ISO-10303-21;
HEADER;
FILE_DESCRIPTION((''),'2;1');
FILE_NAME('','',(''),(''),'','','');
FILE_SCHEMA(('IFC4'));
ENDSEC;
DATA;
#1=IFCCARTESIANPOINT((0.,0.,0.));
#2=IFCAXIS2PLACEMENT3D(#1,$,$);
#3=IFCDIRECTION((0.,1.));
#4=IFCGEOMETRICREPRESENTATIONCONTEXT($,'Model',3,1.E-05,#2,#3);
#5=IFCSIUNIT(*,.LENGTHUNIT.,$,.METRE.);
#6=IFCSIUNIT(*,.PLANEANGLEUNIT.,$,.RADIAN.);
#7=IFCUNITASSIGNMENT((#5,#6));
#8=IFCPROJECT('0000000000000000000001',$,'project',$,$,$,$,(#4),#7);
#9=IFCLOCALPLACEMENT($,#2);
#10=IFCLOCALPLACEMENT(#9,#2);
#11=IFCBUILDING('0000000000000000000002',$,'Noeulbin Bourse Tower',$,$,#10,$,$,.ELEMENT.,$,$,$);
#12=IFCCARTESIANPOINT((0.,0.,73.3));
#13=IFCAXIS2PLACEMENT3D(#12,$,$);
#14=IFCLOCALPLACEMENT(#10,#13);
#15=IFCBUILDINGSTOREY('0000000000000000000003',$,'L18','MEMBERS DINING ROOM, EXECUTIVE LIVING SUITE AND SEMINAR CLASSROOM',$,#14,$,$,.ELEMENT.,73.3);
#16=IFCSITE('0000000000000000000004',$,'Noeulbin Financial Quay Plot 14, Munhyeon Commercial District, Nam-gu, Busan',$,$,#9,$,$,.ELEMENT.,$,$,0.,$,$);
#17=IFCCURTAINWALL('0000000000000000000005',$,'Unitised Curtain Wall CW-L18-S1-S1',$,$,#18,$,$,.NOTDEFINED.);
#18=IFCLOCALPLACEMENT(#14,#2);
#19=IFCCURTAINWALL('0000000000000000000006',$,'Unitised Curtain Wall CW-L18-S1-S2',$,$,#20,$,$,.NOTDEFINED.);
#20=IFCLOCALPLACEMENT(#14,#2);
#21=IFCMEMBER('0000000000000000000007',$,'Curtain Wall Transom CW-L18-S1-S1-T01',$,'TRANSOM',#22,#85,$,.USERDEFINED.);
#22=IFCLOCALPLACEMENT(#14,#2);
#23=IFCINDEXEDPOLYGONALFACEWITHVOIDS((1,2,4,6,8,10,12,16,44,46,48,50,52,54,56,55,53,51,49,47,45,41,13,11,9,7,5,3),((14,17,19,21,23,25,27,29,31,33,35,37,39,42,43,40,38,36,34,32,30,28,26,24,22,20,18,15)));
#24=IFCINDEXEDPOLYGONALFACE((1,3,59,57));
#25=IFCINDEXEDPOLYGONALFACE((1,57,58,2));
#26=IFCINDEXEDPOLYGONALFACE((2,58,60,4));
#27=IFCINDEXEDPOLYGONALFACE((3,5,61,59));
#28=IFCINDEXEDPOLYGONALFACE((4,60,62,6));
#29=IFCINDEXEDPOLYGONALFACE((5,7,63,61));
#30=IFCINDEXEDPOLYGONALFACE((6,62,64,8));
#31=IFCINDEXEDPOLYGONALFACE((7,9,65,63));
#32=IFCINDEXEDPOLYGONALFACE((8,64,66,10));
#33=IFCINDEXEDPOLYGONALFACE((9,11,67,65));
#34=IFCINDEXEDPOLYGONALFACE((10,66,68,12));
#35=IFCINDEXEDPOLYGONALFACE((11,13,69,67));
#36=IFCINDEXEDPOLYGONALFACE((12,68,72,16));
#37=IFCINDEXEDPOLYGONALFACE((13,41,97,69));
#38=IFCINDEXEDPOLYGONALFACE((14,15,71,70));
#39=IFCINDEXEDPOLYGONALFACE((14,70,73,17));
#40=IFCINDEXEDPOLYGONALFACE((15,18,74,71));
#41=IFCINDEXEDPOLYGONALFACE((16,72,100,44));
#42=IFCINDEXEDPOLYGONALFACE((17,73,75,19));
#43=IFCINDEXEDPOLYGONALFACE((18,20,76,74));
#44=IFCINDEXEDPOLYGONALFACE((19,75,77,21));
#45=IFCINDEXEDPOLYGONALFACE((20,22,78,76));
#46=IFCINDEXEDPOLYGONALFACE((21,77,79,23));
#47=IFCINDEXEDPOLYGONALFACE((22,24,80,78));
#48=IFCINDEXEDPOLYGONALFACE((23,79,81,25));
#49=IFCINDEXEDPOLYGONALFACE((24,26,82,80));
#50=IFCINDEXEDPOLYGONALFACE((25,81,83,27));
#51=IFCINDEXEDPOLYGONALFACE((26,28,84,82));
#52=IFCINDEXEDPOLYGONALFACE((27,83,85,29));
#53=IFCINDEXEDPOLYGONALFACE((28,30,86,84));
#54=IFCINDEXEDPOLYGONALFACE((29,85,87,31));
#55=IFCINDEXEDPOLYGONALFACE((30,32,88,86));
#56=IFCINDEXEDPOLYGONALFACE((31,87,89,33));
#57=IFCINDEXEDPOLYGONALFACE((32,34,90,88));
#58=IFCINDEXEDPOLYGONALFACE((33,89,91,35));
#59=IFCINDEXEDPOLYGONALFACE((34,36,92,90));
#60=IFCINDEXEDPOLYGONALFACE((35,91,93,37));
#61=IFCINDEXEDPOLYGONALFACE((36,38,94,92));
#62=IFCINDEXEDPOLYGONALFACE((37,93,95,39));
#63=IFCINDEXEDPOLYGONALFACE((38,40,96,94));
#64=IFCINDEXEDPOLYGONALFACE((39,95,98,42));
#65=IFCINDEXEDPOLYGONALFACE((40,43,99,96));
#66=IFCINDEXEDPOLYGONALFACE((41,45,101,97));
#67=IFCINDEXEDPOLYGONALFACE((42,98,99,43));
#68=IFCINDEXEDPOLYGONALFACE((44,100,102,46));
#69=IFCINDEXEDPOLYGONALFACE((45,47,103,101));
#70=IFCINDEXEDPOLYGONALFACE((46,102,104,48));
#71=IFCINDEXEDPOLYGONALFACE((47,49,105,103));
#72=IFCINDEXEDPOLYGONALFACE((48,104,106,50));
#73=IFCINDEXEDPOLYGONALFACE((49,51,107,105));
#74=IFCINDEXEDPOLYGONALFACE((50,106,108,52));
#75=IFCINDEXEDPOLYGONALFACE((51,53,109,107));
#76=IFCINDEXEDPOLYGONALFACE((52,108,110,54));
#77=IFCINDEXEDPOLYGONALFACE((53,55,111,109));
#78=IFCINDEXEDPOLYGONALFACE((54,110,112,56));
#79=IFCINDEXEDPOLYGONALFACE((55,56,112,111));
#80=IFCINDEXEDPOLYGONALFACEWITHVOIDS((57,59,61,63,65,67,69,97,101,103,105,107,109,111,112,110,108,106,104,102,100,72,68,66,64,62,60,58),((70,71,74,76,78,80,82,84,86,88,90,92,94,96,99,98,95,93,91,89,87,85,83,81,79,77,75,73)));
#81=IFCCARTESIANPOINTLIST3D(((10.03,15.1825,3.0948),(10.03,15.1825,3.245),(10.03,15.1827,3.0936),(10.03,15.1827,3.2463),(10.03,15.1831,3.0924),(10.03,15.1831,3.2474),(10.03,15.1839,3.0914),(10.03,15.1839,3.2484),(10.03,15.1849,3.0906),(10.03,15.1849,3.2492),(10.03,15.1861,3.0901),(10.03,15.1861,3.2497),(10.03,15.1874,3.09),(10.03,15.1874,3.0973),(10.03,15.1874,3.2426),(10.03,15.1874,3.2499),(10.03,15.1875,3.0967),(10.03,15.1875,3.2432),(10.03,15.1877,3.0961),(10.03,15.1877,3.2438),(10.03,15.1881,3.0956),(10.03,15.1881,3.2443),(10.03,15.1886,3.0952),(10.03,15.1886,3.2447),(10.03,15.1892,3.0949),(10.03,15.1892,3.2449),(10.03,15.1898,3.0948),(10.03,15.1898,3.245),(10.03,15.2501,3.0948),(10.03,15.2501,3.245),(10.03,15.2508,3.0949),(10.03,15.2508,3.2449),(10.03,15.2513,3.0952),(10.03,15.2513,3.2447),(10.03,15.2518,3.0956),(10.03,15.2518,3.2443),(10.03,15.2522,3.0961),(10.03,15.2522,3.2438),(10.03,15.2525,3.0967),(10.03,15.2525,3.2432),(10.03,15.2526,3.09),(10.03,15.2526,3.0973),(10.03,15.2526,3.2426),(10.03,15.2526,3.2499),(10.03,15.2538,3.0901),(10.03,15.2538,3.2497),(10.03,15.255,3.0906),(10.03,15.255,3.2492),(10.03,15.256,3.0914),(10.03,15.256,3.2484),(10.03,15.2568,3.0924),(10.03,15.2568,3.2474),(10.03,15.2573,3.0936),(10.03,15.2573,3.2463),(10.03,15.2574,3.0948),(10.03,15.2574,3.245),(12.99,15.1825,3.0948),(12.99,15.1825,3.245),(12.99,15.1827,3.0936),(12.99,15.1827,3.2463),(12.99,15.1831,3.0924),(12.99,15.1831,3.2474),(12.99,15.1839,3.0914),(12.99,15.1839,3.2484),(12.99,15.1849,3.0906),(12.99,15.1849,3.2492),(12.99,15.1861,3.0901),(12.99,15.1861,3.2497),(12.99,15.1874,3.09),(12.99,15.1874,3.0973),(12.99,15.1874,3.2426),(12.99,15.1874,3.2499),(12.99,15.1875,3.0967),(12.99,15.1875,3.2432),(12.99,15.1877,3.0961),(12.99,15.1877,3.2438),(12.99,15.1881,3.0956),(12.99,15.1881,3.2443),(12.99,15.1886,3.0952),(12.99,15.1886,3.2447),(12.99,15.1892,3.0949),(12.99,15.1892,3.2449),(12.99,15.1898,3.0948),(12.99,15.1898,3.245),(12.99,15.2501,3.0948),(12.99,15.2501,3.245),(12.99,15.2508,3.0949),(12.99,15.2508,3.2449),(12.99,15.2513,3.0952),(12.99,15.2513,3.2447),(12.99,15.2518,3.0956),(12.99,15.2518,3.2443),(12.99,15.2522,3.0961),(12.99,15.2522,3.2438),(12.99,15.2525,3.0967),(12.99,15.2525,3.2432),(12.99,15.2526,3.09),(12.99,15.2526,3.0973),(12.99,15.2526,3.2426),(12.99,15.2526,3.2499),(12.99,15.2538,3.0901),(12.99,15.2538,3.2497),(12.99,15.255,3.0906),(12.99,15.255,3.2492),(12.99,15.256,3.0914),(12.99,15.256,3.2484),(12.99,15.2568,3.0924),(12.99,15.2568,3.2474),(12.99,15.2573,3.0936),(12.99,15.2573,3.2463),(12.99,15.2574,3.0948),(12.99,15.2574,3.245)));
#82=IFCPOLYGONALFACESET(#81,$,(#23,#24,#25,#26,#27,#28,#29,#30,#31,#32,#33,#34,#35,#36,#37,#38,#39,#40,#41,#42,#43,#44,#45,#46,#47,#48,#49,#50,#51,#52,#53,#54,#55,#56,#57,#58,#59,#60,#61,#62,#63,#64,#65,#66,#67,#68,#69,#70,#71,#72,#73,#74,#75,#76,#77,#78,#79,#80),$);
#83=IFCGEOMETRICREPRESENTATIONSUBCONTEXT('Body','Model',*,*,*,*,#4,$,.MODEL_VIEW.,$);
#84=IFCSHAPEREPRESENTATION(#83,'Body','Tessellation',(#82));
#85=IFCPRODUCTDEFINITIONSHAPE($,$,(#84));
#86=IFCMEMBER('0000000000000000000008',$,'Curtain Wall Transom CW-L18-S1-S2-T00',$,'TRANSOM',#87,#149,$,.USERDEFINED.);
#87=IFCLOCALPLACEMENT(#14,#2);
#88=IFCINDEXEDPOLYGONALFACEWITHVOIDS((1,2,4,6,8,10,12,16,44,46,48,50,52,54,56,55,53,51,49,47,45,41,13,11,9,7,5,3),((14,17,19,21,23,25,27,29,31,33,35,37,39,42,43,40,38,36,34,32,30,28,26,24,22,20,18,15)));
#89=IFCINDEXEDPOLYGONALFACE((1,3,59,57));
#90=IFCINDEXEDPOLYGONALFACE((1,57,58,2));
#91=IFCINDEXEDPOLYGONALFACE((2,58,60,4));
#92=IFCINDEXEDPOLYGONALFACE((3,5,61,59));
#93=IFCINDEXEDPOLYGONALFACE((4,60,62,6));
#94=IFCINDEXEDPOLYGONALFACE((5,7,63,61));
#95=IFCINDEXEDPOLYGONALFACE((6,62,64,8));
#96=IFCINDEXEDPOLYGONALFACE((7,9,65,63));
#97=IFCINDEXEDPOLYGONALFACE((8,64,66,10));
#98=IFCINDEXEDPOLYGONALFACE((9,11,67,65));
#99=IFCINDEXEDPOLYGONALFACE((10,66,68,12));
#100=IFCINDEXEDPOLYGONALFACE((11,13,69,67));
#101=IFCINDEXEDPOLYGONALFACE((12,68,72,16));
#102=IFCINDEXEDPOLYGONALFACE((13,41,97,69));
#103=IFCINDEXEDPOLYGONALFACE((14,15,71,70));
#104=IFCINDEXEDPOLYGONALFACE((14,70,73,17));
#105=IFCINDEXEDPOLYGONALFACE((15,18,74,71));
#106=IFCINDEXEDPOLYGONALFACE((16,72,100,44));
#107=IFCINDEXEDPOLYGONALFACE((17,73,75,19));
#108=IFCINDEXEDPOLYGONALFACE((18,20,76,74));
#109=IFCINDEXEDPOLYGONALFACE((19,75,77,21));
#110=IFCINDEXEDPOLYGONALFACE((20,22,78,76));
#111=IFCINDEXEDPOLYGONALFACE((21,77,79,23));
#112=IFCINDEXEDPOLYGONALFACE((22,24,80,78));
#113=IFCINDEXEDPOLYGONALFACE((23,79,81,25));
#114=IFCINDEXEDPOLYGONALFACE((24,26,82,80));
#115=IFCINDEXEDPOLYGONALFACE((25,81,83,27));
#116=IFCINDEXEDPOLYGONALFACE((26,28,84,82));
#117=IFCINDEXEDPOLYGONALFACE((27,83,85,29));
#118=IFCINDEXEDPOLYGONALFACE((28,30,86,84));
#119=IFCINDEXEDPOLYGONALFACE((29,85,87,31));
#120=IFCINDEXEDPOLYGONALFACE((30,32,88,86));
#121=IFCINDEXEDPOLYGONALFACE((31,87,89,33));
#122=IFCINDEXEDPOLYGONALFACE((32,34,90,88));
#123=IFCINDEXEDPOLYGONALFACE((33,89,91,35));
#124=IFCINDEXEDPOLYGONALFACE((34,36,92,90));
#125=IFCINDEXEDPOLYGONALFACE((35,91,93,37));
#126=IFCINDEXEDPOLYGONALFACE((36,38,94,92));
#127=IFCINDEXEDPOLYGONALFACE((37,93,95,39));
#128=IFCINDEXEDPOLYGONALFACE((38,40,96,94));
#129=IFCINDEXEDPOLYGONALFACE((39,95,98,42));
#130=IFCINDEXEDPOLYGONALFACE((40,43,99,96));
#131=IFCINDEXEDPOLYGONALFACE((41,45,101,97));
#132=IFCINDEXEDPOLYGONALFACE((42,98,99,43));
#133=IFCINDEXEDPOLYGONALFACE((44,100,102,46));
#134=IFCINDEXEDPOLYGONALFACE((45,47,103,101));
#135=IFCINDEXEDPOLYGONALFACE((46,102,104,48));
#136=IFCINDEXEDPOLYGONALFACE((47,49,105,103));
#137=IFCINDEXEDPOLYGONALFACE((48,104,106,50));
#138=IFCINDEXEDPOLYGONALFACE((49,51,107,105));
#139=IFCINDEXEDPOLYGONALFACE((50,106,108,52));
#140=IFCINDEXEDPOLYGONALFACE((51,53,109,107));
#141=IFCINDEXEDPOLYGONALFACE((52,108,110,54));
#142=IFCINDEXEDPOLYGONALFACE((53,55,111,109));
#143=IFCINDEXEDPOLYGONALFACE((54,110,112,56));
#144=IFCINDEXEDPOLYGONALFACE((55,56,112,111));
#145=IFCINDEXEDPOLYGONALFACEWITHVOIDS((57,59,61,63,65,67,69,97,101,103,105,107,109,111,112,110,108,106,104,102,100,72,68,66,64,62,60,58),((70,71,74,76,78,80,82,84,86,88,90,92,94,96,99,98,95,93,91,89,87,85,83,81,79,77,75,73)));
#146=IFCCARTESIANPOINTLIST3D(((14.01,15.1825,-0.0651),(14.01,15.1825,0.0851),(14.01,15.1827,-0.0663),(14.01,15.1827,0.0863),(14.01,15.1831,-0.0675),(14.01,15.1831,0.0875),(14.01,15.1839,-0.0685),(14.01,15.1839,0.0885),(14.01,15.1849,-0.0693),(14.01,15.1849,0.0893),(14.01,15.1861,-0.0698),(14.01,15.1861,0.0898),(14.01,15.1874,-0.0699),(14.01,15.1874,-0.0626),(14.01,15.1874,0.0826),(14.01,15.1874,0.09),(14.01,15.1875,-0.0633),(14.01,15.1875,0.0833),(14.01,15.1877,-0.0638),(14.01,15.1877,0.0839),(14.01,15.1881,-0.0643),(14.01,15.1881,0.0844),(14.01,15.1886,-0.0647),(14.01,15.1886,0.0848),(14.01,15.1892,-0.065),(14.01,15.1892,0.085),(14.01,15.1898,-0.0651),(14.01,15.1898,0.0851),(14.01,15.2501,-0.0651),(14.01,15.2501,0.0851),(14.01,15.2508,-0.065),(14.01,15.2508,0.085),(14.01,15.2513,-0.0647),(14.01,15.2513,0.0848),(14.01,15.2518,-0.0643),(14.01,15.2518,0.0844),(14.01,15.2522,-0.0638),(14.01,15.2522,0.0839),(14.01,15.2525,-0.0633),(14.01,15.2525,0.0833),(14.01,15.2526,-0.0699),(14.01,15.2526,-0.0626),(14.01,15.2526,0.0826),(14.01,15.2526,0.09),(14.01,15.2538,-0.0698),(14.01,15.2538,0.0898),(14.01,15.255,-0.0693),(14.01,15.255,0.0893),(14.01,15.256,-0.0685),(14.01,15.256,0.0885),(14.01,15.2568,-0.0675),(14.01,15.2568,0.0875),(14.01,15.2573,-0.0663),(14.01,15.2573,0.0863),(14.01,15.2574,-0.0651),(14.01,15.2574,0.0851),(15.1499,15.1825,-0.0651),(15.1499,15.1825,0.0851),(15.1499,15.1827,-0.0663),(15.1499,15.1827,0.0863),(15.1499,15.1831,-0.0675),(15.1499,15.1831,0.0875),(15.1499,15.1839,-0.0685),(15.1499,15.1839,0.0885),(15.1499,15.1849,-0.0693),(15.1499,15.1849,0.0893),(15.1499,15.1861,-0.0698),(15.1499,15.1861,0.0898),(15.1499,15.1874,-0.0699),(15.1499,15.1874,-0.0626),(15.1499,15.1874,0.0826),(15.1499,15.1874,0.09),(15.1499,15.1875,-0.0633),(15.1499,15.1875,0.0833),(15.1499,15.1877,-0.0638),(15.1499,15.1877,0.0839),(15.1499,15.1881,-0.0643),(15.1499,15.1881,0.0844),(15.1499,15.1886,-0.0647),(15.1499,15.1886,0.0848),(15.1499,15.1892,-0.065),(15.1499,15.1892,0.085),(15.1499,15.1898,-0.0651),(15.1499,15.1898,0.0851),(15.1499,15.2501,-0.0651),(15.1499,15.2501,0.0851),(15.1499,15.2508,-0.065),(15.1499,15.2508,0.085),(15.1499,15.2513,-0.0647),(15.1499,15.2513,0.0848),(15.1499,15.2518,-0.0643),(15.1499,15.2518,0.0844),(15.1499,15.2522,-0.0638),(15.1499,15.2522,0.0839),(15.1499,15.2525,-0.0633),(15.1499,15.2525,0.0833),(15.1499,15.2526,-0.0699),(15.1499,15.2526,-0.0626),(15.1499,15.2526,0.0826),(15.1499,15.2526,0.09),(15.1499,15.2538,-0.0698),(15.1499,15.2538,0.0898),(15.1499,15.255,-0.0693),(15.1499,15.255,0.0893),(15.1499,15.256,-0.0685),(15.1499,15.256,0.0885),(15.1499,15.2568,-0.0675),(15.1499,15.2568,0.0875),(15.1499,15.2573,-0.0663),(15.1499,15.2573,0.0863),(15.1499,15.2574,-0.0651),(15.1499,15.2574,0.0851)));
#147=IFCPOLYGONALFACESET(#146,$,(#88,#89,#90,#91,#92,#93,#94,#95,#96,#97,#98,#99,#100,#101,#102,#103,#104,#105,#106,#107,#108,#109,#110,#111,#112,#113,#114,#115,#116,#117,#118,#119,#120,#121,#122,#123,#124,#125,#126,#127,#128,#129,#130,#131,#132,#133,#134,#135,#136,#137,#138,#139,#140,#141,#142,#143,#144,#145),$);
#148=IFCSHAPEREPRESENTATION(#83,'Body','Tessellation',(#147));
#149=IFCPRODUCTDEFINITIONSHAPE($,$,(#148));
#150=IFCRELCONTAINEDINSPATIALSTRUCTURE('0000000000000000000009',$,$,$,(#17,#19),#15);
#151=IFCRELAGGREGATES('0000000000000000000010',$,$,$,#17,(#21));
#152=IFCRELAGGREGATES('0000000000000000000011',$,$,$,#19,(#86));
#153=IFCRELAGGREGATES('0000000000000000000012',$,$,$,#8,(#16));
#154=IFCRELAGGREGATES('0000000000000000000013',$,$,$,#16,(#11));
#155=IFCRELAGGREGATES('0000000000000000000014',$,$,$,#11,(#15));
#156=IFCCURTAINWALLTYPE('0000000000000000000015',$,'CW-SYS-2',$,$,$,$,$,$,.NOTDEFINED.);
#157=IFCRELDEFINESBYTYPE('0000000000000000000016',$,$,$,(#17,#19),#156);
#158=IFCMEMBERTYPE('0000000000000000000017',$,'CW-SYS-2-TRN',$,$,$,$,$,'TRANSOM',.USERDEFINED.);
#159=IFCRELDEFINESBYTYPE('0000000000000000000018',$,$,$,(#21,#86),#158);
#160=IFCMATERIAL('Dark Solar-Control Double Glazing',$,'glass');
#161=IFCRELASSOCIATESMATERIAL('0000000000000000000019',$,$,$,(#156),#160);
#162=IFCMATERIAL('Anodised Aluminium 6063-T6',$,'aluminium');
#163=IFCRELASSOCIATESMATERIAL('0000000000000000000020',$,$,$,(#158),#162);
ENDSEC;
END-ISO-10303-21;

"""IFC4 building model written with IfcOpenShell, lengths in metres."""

from ifc_helpers import new_model, si_unit, direction, frame, origin, origin_2d, place, context, subcontext, project, spatial, hollow_rectangle, extrude, material, material_profile, profile_set, type_object, element, aggregate, save


model = new_model("IFC4")

# Units and contexts
model_context = context("Model", 3, precision=1e-05, world=origin(), true_north=direction((0.0, 1.0)))
body_context = subcontext(model_context, "Body", "Model", "MODEL_VIEW")
ifc_project = project(units=[si_unit("LENGTHUNIT", "METRE"), si_unit("PLANEANGLEUNIT", "RADIAN")], contexts=[model_context])

# Site, building, storey
site_placement = place(None, origin())
site = spatial("IfcSite", under=ifc_project, at=site_placement, Name="Noeulbin Financial Quay Plot 14, Munhyeon Commercial District, Nam-gu, Busan", CompositionType="ELEMENT", RefElevation=0.0)
building_placement = place(site_placement, origin())
building = spatial("IfcBuilding", under=site, at=building_placement, Name="Noeulbin Bourse Tower", CompositionType="ELEMENT")
storey_placement = place(building_placement, frame((0.0, 0.0, 73.3)))
storey = spatial("IfcBuildingStorey", under=building, at=storey_placement, Name="L18", Description="MEMBERS DINING ROOM, EXECUTIVE LIVING SUITE AND SEMINAR CLASSROOM", CompositionType="ELEMENT", Elevation=73.3)

# Curtain walls
ifc_material_1 = material(Name="Dark Solar-Control Double Glazing", Category="glass")
curtain_wall_type = type_object("IfcCurtainWallType", Name="CW-SYS-2", PredefinedType="NOTDEFINED", material=ifc_material_1)
curtain_wall_1_placement = place(storey_placement, origin())
curtain_wall_1 = element("IfcCurtainWall", 1, at=curtain_wall_1_placement, inside=storey, type_object=curtain_wall_type, Name="Unitised Curtain Wall CW-L18-S1-S1", PredefinedType="NOTDEFINED")
ifc_material_2 = material(Name="Anodised Aluminium 6063-T6", Category="aluminium")
curtain_wall_2_placement = place(storey_placement, origin())
curtain_wall_2 = element("IfcCurtainWall", 2, at=curtain_wall_2_placement, inside=storey, type_object=curtain_wall_type, Name="Unitised Curtain Wall CW-L18-S1-S2", PredefinedType="NOTDEFINED")

# Members
ifc_material_profile_1 = material_profile(ifc_material_2, hollow_rectangle(XDim=0.075, YDim=0.1599, WallThickness=0.0049, InnerFilletRadius=0.0024, OuterFilletRadius=0.0049, at=origin_2d()), Name="ALU-TRAN-75x160x5", Category="LoadBearing")
ifc_profile_set_1 = profile_set([ifc_material_profile_1], Name="Anodised Aluminium 6063-T6")
member_type_1 = type_object("IfcMemberType", Name="CW-SYS-2-TRN", ElementType="TRANSOM", PredefinedType="USERDEFINED", material=ifc_profile_set_1)
member_1_placement = place(storey_placement, frame((10.03, 15.22, 3.1699), z_axis=(1.0, 0.0, 0.0), x_axis=(0.0, 1.0, 0.0)))
member_1 = element("IfcMember", 3, at=member_1_placement, type_object=member_type_1, Name="Curtain Wall Transom CW-L18-S1-S1-T01", ObjectType="TRANSOM", PredefinedType="USERDEFINED", context=body_context, shape_type="SweptSolid", body=[
    extrude(hollow_rectangle(XDim=0.075, YDim=0.1599, WallThickness=0.0049, InnerFilletRadius=0.0024, OuterFilletRadius=0.0049, at=origin_2d()), origin(), (0.0, 0.0, 1.0), 2.96),
])
member_2_placement = place(storey_placement, frame((14.01, 15.22, 0.01), z_axis=(1.0, 0.0, 0.0), x_axis=(0.0, 1.0, 0.0)))
member_2 = element("IfcMember", 4, at=member_2_placement, type_object=member_type_1, Name="Curtain Wall Transom CW-L18-S1-S2-T00", ObjectType="TRANSOM", PredefinedType="USERDEFINED", context=body_context, shape_type="SweptSolid", body=[
    extrude(hollow_rectangle(XDim=0.075, YDim=0.1599, WallThickness=0.0049, InnerFilletRadius=0.0024, OuterFilletRadius=0.0049, at=origin_2d()), origin(), (0.0, 0.0, 1.0), 1.1399),
])

aggregate(curtain_wall_1, [member_1])
aggregate(curtain_wall_2, [member_2])

save(model, "model.ifc")
